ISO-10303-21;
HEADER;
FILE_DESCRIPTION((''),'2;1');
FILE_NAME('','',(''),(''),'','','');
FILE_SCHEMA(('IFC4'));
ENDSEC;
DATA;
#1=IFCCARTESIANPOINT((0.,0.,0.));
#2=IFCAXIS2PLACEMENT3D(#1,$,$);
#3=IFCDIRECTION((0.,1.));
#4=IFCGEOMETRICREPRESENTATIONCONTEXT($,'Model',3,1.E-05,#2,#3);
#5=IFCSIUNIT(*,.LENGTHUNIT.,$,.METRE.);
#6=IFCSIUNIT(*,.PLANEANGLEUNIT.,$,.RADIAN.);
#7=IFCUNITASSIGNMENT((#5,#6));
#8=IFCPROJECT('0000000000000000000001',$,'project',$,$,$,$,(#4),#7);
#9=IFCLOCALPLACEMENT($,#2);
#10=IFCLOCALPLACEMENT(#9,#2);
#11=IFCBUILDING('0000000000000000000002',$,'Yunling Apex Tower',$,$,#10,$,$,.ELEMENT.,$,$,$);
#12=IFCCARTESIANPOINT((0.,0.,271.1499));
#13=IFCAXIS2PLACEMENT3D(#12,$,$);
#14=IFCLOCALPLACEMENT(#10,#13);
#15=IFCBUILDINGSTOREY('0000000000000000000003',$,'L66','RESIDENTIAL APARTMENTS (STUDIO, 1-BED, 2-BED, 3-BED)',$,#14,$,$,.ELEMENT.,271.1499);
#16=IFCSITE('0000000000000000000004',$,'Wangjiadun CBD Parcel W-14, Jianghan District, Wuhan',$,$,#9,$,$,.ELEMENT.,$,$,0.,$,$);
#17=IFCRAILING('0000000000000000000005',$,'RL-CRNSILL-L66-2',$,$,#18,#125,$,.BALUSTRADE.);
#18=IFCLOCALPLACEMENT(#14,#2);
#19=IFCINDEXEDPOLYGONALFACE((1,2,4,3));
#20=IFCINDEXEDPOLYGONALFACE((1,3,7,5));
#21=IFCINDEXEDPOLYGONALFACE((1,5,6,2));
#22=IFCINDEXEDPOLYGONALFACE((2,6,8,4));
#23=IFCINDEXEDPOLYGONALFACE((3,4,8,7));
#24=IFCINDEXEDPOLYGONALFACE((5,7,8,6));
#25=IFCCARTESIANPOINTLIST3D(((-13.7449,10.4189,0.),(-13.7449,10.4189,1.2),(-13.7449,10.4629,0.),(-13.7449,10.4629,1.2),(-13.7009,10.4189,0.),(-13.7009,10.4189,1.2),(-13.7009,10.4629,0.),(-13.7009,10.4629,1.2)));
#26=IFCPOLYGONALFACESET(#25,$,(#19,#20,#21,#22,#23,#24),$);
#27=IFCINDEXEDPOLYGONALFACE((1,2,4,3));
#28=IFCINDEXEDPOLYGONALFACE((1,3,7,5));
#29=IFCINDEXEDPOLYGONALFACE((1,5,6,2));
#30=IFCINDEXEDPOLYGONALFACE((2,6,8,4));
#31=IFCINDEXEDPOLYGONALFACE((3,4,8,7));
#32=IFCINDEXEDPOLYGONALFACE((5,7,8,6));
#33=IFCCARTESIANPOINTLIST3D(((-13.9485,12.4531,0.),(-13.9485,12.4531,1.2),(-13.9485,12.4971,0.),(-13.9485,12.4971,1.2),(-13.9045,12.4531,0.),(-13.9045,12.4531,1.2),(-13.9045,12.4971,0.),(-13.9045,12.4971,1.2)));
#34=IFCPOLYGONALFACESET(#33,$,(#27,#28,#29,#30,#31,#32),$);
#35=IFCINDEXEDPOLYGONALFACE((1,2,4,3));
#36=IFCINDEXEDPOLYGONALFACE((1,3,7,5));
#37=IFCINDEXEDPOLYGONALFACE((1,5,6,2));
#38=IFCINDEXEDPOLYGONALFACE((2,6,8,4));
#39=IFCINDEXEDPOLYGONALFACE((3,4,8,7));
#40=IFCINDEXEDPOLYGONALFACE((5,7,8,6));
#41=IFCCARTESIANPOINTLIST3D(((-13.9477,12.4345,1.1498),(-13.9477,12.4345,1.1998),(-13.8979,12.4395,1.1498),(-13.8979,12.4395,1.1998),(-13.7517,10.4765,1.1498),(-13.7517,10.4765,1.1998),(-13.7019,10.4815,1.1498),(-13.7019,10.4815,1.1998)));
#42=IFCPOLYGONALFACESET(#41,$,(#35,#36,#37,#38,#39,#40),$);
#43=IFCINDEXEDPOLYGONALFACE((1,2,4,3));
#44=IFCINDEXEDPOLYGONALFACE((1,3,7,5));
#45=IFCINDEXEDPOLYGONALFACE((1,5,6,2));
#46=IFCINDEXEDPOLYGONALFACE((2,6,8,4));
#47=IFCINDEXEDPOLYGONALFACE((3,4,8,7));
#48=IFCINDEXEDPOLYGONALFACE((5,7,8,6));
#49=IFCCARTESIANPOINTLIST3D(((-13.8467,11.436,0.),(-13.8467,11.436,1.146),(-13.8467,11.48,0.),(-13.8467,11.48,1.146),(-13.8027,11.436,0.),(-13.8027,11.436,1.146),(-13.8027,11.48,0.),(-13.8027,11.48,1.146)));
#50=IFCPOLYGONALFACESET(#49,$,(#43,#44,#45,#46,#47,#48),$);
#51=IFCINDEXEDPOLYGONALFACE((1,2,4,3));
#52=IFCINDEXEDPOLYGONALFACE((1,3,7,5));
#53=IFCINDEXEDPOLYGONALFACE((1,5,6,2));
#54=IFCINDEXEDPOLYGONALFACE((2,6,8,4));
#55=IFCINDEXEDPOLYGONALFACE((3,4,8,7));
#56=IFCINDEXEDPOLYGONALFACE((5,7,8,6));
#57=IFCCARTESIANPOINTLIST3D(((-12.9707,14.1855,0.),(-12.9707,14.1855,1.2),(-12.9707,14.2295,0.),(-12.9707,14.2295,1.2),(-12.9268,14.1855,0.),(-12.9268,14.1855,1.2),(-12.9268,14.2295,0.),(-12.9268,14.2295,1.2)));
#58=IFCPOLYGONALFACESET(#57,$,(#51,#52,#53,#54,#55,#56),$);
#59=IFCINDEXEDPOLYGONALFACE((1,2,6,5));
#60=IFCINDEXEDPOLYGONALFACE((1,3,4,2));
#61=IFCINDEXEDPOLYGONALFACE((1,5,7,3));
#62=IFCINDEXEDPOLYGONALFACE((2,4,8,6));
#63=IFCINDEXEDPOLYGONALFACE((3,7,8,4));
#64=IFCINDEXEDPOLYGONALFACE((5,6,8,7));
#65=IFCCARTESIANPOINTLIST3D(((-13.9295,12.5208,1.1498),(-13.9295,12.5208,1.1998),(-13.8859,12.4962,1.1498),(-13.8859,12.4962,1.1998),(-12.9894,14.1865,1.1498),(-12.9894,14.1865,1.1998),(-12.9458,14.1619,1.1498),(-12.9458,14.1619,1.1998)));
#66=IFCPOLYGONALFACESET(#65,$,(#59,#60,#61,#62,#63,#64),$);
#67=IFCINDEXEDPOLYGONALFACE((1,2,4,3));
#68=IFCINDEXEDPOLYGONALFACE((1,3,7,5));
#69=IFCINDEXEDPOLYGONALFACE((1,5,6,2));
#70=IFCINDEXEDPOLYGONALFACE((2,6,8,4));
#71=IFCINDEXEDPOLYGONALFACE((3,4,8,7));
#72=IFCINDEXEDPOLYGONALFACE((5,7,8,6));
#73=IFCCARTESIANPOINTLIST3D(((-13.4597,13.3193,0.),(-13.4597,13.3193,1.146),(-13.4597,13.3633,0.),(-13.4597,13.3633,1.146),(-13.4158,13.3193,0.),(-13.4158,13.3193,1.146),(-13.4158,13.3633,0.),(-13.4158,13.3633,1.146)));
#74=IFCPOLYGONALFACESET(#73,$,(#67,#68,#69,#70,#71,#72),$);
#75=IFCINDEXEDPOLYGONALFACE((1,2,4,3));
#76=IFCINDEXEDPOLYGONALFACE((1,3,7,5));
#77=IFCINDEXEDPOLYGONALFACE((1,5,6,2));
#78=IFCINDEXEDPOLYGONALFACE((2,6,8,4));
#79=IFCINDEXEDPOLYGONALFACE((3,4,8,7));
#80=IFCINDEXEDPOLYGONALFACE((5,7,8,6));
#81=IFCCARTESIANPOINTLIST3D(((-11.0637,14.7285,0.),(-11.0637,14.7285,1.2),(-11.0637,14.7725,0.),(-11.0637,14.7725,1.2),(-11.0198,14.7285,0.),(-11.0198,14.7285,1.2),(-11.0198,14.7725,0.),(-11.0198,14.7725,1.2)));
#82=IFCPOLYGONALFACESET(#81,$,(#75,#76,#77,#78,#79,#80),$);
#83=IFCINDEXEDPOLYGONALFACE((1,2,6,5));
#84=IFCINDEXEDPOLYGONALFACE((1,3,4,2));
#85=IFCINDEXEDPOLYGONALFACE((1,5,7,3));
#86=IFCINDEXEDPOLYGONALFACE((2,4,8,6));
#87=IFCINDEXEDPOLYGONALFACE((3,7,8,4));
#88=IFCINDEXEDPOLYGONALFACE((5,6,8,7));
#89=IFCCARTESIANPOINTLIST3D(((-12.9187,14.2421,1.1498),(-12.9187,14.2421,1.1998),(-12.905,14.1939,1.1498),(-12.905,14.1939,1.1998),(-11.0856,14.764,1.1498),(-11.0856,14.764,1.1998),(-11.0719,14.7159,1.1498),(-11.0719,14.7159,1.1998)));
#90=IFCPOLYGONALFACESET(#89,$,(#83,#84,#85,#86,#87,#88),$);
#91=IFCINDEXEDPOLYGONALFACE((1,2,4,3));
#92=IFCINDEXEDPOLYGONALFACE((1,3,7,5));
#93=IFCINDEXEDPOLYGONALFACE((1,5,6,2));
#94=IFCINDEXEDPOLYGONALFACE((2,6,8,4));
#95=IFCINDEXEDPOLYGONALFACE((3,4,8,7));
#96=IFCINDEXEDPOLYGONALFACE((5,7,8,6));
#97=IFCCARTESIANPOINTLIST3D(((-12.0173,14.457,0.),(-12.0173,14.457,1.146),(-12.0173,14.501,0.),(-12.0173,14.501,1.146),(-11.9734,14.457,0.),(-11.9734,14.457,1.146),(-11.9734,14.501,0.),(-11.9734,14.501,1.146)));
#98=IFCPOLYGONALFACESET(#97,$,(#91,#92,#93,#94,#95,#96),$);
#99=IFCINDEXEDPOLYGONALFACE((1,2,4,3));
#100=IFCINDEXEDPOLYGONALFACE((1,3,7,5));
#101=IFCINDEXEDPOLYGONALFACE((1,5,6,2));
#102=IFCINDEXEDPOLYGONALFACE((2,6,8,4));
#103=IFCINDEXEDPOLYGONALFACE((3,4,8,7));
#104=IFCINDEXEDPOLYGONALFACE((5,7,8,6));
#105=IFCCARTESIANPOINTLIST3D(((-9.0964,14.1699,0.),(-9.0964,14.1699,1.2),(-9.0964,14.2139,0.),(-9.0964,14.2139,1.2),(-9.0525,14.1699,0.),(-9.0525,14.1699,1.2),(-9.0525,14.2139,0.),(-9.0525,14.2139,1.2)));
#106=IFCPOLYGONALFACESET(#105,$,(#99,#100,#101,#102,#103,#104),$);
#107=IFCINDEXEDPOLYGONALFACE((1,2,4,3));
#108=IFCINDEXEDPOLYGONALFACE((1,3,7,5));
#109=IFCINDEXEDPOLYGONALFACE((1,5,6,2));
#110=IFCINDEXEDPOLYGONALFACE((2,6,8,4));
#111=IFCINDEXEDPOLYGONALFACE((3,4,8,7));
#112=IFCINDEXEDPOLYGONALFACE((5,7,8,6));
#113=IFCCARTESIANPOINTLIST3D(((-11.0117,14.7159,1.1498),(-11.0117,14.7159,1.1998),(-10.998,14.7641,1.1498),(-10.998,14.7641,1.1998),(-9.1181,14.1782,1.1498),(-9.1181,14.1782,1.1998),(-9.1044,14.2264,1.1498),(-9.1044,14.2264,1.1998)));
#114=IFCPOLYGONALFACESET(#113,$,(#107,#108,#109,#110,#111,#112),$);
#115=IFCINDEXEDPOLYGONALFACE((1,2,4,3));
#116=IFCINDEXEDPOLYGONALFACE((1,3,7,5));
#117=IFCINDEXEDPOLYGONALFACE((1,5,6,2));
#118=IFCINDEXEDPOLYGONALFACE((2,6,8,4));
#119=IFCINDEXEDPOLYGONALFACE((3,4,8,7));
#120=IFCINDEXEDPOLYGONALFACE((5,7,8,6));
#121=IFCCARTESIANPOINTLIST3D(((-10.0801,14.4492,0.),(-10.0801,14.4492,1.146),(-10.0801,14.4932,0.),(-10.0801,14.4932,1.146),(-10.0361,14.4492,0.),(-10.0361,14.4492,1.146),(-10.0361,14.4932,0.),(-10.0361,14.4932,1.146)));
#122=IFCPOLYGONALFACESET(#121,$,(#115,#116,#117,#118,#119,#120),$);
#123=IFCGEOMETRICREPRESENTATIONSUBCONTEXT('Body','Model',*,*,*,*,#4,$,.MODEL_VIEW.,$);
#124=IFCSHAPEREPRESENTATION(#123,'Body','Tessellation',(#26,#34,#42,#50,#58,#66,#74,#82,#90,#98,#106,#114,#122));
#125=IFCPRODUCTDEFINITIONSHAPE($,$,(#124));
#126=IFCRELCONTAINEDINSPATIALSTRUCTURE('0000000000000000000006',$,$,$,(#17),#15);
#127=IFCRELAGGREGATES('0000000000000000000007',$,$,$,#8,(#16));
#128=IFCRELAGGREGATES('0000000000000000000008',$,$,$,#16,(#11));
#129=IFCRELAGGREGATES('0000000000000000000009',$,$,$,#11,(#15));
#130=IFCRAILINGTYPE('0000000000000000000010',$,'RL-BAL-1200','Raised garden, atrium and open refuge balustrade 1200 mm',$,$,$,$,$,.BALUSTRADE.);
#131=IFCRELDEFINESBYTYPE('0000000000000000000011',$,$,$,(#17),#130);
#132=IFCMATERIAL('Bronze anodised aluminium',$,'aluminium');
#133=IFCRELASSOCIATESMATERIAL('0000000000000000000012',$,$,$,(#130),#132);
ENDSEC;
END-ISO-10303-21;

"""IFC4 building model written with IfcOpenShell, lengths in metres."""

from ifc_helpers import new_model, si_unit, direction, frame, origin, origin_2d, place, context, subcontext, project, spatial, rectangle, extrude, material, type_object, element, save


model = new_model("IFC4")

# Units and contexts
model_context = context("Model", 3, precision=1e-05, world=origin(), true_north=direction((0.0, 1.0)))
body_context = subcontext(model_context, "Body", "Model", "MODEL_VIEW")
ifc_project = project(units=[si_unit("LENGTHUNIT", "METRE"), si_unit("PLANEANGLEUNIT", "RADIAN")], contexts=[model_context])

# Site, building, storey
site_placement = place(None, origin())
site = spatial("IfcSite", under=ifc_project, at=site_placement, Name="Wangjiadun CBD Parcel W-14, Jianghan District, Wuhan", CompositionType="ELEMENT", RefElevation=0.0)
building_placement = place(site_placement, origin())
building = spatial("IfcBuilding", under=site, at=building_placement, Name="Yunling Apex Tower", CompositionType="ELEMENT")
storey_placement = place(building_placement, frame((0.0, 0.0, 271.1499)))
storey = spatial("IfcBuildingStorey", under=building, at=storey_placement, Name="L66", Description="RESIDENTIAL APARTMENTS (STUDIO, 1-BED, 2-BED, 3-BED)", CompositionType="ELEMENT", Elevation=271.1499)

# Shared definitions
ifc_material_1 = material(Name="Bronze anodised aluminium", Category="aluminium")

# Railing
railing_type = type_object("IfcRailingType", Name="RL-BAL-1200", Description="Raised garden, atrium and open refuge balustrade 1200 mm", PredefinedType="BALUSTRADE", material=ifc_material_1)
railing_placement = place(storey_placement, frame((-13.7229, 10.4409, 0.0)))
element("IfcRailing", 1, at=railing_placement, inside=storey, type_object=railing_type, Name="RL-CRNSILL-L66-2", PredefinedType="BALUSTRADE", context=body_context, shape_type="SweptSolid", body=[
    extrude(rectangle(XDim=0.0439, YDim=0.0439, at=origin_2d()), origin(), (0.0, 0.0, 1.0), 1.2),
    extrude(rectangle(XDim=0.0439, YDim=0.0439, at=origin_2d()), frame((-0.2036, 2.0342, 0.0)), (0.0, 0.0, 1.0), 1.2),
    extrude(rectangle(XDim=0.05, YDim=0.05, at=origin_2d()), frame((-0.0039, 0.0381, 1.1748), z_axis=(-0.099598, 0.995028, 0.0), x_axis=(-0.995028, -0.099598, 0.0)), (0.0, 0.0, 1.0), 1.9678),
    extrude(rectangle(XDim=0.0439, YDim=0.0439, at=origin_2d()), frame((-0.1018, 1.0171, 0.0)), (0.0, 0.0, 1.0), 1.146),
    extrude(rectangle(XDim=0.0439, YDim=0.0439, at=origin_2d()), frame((0.7742, 3.7666, 0.0)), (0.0, 0.0, 1.0), 1.2),
    extrude(rectangle(XDim=0.05, YDim=0.05, at=origin_2d()), frame((-0.1848, 2.0676, 1.1748), z_axis=(0.491519, 0.870867, 0.0), x_axis=(-0.870867, 0.491519, 0.0)), (0.0, 0.0, 1.0), 1.9126),
    extrude(rectangle(XDim=0.0439, YDim=0.0439, at=origin_2d()), frame((0.2852, 2.9004, 0.0)), (0.0, 0.0, 1.0), 1.146),
    extrude(rectangle(XDim=0.0439, YDim=0.0439, at=origin_2d()), frame((2.6812, 4.3096, 0.0)), (0.0, 0.0, 1.0), 1.2),
    extrude(rectangle(XDim=0.05, YDim=0.05, at=origin_2d()), frame((0.811, 3.7771, 1.1748), z_axis=(0.961774, 0.273843, 0.0), x_axis=(-0.273843, 0.961774, 0.0)), (0.0, 0.0, 1.0), 1.906),
    extrude(rectangle(XDim=0.0439, YDim=0.0439, at=origin_2d()), frame((1.7275, 4.0381, 0.0)), (0.0, 0.0, 1.0), 1.146),
    extrude(rectangle(XDim=0.0439, YDim=0.0439, at=origin_2d()), frame((4.6484, 3.751, 0.0)), (0.0, 0.0, 1.0), 1.2),
    extrude(rectangle(XDim=0.05, YDim=0.05, at=origin_2d()), frame((2.718, 4.2991, 1.1748), z_axis=(0.961973, -0.273144, 0.0), x_axis=(0.273144, 0.961973, 0.0)), (0.0, 0.0, 1.0), 1.9685),
    extrude(rectangle(XDim=0.0439, YDim=0.0439, at=origin_2d()), frame((3.6648, 4.0303, 0.0)), (0.0, 0.0, 1.0), 1.146),
])

save(model, "model.ifc")
